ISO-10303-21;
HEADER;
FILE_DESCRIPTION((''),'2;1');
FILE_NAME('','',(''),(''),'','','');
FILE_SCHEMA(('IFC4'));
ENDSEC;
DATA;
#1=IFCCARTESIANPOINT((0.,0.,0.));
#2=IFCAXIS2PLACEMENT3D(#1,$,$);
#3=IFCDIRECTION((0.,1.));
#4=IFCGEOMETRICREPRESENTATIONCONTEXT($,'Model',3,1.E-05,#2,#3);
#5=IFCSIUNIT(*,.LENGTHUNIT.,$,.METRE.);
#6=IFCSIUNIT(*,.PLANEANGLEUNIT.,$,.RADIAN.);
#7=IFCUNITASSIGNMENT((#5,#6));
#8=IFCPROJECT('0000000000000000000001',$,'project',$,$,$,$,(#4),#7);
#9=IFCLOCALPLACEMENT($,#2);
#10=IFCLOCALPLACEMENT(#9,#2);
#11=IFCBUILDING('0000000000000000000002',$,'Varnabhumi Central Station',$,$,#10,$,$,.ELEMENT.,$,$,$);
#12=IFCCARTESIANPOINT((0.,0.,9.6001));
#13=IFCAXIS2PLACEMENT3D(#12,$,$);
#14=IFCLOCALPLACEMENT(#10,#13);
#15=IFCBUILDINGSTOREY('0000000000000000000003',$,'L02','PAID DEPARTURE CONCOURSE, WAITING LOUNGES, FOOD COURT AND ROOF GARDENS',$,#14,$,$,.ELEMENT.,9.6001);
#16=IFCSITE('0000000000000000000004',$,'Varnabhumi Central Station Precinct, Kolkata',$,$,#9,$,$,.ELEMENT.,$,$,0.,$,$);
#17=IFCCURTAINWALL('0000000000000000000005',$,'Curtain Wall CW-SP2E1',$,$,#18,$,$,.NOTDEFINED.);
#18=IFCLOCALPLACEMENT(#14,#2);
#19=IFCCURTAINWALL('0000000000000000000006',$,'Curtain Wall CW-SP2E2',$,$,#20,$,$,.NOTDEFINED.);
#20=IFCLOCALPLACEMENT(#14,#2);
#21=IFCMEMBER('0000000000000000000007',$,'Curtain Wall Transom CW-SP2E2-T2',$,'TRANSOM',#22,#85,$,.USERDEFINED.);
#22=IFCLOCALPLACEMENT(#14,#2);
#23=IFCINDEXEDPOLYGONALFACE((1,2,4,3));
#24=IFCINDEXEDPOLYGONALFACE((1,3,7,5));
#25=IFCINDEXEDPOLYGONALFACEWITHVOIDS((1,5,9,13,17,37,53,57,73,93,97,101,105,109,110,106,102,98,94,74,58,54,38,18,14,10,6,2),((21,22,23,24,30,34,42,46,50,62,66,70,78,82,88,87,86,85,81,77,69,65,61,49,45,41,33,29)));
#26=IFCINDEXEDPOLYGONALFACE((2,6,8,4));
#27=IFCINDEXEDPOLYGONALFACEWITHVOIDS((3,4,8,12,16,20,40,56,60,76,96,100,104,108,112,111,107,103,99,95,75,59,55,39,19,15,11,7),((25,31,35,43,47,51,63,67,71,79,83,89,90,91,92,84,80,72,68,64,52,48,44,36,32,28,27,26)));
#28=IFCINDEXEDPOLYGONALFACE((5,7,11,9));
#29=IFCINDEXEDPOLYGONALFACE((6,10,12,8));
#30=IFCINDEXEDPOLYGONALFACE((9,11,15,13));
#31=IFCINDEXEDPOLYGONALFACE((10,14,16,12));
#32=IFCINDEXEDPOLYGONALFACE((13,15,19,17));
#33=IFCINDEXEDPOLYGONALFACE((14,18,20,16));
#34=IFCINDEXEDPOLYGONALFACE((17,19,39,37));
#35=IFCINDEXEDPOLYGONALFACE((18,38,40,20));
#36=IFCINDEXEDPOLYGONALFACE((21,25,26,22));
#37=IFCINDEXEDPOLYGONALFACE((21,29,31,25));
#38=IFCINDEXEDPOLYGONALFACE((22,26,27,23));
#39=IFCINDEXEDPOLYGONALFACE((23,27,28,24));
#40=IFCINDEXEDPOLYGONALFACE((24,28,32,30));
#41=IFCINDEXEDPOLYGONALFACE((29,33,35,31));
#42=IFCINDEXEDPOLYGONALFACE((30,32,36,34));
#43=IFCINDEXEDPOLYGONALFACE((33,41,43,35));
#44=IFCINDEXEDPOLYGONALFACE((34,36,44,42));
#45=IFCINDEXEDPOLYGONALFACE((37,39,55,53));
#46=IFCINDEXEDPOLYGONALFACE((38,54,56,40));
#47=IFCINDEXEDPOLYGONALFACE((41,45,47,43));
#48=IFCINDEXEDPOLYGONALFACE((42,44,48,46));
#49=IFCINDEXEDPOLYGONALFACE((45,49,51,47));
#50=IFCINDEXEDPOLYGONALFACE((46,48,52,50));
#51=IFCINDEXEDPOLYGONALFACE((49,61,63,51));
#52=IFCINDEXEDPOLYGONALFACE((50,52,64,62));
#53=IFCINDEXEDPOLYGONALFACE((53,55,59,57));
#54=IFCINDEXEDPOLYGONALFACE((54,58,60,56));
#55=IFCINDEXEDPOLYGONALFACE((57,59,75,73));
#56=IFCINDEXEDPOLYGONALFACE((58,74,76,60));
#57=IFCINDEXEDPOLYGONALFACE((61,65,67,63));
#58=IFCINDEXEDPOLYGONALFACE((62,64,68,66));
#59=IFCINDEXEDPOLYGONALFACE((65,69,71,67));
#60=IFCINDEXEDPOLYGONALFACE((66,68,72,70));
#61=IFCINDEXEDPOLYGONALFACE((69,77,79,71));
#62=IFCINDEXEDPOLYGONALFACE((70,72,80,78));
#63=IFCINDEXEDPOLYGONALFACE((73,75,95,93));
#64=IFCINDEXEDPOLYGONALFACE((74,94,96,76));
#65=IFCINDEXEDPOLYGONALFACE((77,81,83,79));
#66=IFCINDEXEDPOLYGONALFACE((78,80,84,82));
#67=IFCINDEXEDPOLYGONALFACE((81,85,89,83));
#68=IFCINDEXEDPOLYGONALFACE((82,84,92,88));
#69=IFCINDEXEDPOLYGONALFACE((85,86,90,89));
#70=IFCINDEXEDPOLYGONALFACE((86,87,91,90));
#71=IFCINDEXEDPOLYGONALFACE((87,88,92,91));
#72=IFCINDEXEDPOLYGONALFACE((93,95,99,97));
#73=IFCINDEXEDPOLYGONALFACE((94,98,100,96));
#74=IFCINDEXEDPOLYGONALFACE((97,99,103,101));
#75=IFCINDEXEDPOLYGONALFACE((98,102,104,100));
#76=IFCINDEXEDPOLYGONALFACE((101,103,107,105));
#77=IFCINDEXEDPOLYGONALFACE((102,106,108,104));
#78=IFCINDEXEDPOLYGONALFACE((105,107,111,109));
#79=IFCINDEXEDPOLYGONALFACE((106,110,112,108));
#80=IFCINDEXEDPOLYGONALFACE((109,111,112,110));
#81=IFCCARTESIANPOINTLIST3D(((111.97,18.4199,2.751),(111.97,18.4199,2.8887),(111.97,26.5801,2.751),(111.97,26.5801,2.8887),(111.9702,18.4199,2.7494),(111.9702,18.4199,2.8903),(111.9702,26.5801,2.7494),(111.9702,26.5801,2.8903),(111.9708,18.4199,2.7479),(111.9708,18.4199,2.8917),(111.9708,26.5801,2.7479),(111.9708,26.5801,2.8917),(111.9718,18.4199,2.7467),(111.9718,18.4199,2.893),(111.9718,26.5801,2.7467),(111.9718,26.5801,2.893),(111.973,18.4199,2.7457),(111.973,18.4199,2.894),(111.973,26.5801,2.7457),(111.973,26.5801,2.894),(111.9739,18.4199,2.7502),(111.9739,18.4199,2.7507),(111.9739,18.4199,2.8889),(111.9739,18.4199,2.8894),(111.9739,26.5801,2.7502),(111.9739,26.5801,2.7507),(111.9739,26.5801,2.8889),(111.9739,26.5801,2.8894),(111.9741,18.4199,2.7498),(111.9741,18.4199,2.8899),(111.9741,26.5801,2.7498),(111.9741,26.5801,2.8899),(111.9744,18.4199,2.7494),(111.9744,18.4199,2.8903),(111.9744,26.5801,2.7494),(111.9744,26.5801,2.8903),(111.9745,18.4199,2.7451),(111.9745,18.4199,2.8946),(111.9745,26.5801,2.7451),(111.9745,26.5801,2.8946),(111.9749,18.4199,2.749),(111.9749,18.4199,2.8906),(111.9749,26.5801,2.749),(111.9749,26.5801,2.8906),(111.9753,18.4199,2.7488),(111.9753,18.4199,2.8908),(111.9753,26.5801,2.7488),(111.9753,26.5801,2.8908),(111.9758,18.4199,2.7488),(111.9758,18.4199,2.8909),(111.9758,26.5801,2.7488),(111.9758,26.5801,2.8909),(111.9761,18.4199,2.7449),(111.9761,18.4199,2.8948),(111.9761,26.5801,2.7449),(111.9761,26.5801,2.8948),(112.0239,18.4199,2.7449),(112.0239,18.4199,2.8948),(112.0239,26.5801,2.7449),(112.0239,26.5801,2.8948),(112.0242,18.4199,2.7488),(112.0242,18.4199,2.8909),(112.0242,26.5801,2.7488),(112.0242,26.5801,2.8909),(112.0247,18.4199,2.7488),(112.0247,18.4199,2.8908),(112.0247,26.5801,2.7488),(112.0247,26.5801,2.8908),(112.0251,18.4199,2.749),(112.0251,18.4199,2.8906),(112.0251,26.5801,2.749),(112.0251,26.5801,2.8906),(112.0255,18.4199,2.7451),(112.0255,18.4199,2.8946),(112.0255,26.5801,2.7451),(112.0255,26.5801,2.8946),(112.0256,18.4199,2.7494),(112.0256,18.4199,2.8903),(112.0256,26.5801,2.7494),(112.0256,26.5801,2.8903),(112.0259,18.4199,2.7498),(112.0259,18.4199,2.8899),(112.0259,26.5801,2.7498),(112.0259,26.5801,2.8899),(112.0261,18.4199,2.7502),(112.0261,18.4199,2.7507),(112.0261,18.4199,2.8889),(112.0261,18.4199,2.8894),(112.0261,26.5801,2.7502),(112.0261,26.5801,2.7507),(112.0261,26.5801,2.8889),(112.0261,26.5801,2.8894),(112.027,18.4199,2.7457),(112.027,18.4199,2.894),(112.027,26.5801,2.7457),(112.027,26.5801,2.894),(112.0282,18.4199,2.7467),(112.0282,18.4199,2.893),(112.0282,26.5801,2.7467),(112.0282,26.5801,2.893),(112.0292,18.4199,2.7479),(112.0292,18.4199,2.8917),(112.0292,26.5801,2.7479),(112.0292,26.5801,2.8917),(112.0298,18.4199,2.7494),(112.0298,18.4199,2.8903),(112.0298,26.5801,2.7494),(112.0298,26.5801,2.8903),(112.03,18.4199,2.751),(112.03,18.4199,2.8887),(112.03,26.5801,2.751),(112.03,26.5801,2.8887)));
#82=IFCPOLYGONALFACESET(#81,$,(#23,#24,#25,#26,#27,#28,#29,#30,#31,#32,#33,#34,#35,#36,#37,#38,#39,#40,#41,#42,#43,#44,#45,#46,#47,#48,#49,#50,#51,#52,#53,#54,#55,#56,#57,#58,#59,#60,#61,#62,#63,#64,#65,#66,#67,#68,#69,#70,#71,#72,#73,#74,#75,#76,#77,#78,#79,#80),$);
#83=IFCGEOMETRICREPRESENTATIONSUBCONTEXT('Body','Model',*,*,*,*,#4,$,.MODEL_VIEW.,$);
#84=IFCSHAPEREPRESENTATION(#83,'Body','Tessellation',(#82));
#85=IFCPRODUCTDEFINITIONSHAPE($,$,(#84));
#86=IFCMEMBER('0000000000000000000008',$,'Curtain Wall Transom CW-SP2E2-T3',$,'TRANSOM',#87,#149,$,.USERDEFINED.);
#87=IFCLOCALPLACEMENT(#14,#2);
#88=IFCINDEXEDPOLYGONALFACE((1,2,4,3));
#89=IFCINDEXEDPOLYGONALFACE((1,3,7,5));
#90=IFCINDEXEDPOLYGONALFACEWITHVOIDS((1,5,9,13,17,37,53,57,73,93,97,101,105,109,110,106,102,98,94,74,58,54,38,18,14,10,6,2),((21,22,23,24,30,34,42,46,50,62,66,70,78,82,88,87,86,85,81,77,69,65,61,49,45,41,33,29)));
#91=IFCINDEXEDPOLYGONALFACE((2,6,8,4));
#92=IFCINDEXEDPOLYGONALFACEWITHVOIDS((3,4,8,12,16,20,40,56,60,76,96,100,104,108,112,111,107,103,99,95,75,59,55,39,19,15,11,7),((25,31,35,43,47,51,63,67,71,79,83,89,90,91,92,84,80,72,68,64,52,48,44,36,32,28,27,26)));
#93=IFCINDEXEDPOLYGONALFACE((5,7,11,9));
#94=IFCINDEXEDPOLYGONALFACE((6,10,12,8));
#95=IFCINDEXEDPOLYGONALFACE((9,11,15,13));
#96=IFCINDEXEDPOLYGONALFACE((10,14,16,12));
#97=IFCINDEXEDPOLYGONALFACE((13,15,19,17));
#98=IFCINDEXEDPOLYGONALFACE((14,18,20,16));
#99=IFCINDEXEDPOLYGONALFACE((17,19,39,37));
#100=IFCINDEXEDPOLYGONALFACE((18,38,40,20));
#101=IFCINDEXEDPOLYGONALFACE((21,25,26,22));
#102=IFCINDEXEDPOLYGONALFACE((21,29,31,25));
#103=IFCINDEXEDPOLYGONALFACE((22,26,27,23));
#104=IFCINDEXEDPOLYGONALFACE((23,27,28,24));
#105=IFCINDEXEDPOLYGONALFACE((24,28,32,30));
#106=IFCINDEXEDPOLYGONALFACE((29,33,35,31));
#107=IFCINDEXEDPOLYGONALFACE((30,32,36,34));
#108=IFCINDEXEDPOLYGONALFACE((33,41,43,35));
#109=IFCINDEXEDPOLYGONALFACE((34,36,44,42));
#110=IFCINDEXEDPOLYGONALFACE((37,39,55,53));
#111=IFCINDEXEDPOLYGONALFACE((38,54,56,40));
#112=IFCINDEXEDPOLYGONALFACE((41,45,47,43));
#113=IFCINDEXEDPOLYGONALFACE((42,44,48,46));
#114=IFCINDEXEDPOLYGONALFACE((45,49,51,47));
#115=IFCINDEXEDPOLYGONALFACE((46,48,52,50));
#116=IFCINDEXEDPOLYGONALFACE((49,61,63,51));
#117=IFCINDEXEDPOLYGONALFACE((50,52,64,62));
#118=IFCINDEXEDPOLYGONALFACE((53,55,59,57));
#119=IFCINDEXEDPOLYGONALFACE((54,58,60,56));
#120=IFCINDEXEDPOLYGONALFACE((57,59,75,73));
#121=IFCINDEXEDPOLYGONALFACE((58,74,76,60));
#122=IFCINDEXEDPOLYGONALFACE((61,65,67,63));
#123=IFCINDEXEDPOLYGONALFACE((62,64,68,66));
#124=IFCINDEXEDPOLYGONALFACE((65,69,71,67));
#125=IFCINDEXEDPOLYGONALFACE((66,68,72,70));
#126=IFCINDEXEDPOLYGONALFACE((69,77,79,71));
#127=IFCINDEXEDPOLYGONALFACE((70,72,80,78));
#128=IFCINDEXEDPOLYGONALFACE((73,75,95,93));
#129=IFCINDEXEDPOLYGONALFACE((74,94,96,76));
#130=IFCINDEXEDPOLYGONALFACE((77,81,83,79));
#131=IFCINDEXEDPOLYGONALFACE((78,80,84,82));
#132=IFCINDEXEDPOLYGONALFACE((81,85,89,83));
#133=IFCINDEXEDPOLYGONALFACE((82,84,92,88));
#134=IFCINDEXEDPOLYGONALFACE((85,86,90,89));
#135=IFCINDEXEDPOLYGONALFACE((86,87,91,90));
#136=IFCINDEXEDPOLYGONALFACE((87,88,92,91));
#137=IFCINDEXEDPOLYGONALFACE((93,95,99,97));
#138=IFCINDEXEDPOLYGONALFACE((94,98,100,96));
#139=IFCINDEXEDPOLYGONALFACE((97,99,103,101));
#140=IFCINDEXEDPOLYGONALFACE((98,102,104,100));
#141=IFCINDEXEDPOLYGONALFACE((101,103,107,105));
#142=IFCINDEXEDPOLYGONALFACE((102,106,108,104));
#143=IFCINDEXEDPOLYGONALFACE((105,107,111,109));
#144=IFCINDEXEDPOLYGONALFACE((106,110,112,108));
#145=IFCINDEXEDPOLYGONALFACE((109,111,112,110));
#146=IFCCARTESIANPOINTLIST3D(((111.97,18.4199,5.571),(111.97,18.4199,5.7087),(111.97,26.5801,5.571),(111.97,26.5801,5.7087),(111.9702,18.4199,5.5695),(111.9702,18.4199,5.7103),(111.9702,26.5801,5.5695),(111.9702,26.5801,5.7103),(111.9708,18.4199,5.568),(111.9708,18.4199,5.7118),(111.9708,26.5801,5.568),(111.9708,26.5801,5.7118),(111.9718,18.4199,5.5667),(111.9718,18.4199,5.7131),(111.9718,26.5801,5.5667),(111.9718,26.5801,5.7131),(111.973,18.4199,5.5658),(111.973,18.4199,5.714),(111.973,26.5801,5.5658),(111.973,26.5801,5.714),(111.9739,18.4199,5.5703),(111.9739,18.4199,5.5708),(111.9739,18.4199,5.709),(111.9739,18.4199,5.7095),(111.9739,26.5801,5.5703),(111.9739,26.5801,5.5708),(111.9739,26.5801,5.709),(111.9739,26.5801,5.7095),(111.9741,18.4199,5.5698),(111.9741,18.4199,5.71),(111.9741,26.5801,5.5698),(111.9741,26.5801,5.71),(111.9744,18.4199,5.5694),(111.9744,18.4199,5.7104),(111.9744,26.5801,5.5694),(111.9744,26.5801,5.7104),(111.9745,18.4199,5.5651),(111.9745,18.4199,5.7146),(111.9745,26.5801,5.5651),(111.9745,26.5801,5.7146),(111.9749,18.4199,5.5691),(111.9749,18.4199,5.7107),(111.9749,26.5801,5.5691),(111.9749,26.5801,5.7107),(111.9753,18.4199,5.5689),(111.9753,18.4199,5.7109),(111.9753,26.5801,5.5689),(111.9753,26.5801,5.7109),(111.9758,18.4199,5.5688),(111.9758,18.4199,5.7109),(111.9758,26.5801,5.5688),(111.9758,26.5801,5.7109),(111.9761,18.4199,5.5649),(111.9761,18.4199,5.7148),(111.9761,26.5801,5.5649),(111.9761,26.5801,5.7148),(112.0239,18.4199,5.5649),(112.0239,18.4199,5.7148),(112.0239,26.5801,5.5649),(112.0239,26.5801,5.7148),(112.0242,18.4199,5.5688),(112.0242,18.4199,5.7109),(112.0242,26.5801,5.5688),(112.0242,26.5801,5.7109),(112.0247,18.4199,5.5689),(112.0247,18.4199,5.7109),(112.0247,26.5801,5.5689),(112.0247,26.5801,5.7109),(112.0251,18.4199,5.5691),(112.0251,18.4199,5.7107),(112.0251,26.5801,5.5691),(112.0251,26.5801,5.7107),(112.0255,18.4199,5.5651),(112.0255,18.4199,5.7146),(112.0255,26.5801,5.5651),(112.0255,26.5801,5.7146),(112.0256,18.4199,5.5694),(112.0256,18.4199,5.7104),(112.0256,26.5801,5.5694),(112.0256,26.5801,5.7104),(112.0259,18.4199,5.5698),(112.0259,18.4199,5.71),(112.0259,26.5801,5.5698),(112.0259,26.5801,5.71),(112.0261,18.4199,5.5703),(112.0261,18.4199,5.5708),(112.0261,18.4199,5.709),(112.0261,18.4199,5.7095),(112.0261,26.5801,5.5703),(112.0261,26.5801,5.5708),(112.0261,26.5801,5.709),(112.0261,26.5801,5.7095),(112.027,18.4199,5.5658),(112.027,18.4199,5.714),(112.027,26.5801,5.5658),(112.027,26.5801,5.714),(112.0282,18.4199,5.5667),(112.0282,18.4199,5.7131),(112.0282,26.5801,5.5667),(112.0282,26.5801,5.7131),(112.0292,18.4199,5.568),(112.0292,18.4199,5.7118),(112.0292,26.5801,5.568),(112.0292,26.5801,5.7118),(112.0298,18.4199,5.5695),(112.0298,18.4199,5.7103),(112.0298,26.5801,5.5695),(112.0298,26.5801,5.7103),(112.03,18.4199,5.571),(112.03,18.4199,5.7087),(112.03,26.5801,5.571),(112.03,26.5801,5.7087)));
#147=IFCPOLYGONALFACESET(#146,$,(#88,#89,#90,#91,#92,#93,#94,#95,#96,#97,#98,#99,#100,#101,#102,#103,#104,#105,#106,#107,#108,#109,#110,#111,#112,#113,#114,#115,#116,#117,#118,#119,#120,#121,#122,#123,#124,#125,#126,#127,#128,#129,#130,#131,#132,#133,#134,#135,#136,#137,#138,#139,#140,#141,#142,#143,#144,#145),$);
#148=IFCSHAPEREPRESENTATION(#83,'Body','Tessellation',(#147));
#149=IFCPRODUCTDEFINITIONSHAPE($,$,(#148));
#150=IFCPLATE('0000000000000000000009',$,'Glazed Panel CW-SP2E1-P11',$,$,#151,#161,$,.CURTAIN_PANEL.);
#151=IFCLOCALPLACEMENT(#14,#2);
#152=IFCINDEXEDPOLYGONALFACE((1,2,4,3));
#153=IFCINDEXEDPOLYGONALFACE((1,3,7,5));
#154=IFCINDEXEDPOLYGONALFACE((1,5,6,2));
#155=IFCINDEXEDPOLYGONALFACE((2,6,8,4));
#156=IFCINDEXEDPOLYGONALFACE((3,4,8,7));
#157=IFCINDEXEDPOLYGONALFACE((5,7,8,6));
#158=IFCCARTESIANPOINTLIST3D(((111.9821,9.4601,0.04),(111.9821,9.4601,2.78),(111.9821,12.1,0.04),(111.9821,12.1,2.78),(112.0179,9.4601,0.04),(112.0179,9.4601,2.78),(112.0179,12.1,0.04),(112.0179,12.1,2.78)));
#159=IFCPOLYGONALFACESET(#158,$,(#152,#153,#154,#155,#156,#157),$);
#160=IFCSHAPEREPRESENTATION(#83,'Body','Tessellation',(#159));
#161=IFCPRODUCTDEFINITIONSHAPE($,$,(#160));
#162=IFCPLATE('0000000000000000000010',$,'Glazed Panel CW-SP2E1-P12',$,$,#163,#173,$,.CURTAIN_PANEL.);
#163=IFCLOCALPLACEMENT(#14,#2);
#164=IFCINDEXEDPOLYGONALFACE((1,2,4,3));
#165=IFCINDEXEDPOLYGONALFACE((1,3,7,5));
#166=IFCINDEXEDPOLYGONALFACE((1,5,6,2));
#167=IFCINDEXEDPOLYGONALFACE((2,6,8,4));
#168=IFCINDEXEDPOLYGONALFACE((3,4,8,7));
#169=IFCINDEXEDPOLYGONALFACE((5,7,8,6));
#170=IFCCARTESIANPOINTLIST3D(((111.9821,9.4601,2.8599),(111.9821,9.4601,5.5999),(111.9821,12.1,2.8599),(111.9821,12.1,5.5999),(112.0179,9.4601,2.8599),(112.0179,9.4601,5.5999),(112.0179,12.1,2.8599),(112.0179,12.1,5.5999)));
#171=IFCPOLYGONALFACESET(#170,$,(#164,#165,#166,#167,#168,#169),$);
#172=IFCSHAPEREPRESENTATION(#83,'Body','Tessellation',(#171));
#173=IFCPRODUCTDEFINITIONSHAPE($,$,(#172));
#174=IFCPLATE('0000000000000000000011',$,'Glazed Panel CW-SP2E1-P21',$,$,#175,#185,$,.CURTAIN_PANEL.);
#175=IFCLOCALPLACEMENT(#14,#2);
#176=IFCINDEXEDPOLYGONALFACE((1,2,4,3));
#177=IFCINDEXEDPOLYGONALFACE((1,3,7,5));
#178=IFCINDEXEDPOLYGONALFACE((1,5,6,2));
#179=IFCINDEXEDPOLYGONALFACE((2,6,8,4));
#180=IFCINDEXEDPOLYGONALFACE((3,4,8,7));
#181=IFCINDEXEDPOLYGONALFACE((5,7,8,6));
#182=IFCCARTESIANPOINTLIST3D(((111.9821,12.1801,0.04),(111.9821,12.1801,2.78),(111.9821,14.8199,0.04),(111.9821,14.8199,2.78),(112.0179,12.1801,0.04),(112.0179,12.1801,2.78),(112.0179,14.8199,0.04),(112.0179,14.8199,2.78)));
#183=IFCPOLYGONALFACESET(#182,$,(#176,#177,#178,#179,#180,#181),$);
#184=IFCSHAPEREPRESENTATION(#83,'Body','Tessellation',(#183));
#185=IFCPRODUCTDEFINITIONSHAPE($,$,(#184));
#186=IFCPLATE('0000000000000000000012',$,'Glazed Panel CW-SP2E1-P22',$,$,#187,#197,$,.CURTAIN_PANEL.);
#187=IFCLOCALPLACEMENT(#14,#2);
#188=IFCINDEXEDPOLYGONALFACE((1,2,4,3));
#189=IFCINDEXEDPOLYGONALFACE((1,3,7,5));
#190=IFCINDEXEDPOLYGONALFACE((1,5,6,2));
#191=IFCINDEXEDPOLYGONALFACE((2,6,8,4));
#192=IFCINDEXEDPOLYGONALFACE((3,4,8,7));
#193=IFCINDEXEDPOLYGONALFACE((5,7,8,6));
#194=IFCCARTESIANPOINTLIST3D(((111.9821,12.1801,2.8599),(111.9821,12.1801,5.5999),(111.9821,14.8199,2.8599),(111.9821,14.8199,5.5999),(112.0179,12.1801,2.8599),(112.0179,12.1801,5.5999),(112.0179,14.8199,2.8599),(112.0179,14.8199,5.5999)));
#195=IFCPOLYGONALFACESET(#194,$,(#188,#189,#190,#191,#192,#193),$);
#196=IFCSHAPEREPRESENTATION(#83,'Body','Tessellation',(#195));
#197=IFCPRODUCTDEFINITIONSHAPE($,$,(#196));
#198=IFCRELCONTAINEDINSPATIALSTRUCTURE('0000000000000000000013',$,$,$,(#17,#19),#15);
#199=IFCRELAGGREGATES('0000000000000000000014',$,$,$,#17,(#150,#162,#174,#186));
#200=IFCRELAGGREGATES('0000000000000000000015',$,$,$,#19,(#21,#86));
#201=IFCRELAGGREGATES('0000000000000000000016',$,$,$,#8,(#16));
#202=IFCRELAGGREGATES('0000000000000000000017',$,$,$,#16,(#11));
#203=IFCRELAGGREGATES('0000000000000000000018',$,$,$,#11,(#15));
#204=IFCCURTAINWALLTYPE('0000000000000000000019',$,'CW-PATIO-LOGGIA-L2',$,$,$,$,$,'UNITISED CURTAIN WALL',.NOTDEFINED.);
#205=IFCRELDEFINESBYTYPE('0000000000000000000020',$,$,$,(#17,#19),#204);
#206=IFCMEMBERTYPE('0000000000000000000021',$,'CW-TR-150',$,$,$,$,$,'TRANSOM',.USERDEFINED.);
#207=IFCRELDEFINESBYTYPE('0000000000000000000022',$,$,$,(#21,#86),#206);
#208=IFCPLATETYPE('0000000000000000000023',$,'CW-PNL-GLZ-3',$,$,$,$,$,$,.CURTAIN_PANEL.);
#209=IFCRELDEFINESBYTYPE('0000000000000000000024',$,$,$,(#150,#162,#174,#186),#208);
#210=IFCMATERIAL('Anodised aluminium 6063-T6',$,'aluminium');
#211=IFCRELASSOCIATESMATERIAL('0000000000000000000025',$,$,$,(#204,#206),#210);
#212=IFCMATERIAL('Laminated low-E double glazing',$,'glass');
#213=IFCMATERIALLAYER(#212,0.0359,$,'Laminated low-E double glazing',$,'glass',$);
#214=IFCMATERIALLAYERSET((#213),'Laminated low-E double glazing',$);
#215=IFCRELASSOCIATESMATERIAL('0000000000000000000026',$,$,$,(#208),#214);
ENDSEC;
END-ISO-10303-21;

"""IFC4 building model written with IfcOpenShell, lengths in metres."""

from ifc_helpers import new_model, si_unit, direction, frame, origin, origin_2d, place, context, subcontext, project, spatial, rectangle, hollow_rectangle, extrude, material, layer, layer_set, material_profile, profile_set, type_object, element, aggregate, save


model = new_model("IFC4")

# Units and contexts
model_context = context("Model", 3, precision=1e-05, world=origin(), true_north=direction((0.0, 1.0)))
body_context = subcontext(model_context, "Body", "Model", "MODEL_VIEW")
ifc_project = project(units=[si_unit("LENGTHUNIT", "METRE"), si_unit("PLANEANGLEUNIT", "RADIAN")], contexts=[model_context])

# Site, building, storey
site_placement = place(None, origin())
site = spatial("IfcSite", under=ifc_project, at=site_placement, Name="Varnabhumi Central Station Precinct, Kolkata", CompositionType="ELEMENT", RefElevation=0.0)
building_placement = place(site_placement, origin())
building = spatial("IfcBuilding", under=site, at=building_placement, Name="Varnabhumi Central Station", CompositionType="ELEMENT")
storey_placement = place(building_placement, frame((0.0, 0.0, 9.6001)))
storey = spatial("IfcBuildingStorey", under=building, at=storey_placement, Name="L02", Description="PAID DEPARTURE CONCOURSE, WAITING LOUNGES, FOOD COURT AND ROOF GARDENS", CompositionType="ELEMENT", Elevation=9.6001)

# Curtain wall
ifc_material_1 = material(Name="Anodised aluminium 6063-T6", Category="aluminium")
curtain_wall_type = type_object("IfcCurtainWallType", Name="CW-PATIO-LOGGIA-L2", ElementType="UNITISED CURTAIN WALL", PredefinedType="NOTDEFINED", material=ifc_material_1)
curtain_wall_1_placement = place(storey_placement, origin())
curtain_wall_1 = element("IfcCurtainWall", 1, at=curtain_wall_1_placement, inside=storey, type_object=curtain_wall_type, Name="Curtain Wall CW-SP2E1", PredefinedType="NOTDEFINED")

# Curtain wall
curtain_wall_2_placement = place(storey_placement, origin())
curtain_wall_2 = element("IfcCurtainWall", 2, at=curtain_wall_2_placement, inside=storey, type_object=curtain_wall_type, Name="Curtain Wall CW-SP2E2", PredefinedType="NOTDEFINED")

# Members
ifc_material_profile_1 = material_profile(ifc_material_1, hollow_rectangle(XDim=0.0601, YDim=0.1499, WallThickness=0.0039, InnerFilletRadius=0.002, OuterFilletRadius=0.0061, at=origin_2d()), Name="Anodised aluminium 6063-T6", Category="aluminium")
ifc_profile_set_1 = profile_set([ifc_material_profile_1], Name="Anodised aluminium 6063-T6")
member_type_1 = type_object("IfcMemberType", Name="CW-TR-150", ElementType="TRANSOM", PredefinedType="USERDEFINED", material=ifc_profile_set_1)
member_1_placement = place(storey_placement, frame((112.0, 18.4199, 2.8198), z_axis=(0.0, 1.0, 0.0), x_axis=(-1.0, 0.0, 0.0)))
member_1 = element("IfcMember", 3, at=member_1_placement, type_object=member_type_1, Name="Curtain Wall Transom CW-SP2E2-T2", ObjectType="TRANSOM", PredefinedType="USERDEFINED", context=body_context, shape_type="SweptSolid", body=[
    extrude(hollow_rectangle(XDim=0.0601, YDim=0.1499, WallThickness=0.0039, InnerFilletRadius=0.002, OuterFilletRadius=0.0061, at=origin_2d()), origin(), (0.0, 0.0, 1.0), 8.1602),
])
member_2_placement = place(storey_placement, frame((112.0, 18.4199, 5.6399), z_axis=(0.0, 1.0, 0.0), x_axis=(-1.0, 0.0, 0.0)))
member_2 = element("IfcMember", 4, at=member_2_placement, type_object=member_type_1, Name="Curtain Wall Transom CW-SP2E2-T3", ObjectType="TRANSOM", PredefinedType="USERDEFINED", context=body_context, shape_type="SweptSolid", body=[
    extrude(hollow_rectangle(XDim=0.0601, YDim=0.1499, WallThickness=0.0039, InnerFilletRadius=0.002, OuterFilletRadius=0.0061, at=origin_2d()), origin(), (0.0, 0.0, 1.0), 8.1602),
])

# Plates
ifc_material_2 = material(Name="Laminated low-E double glazing", Category="glass")
ifc_layer_1 = layer(ifc_material_2, 0.0359, Name="Laminated low-E double glazing", Category="glass")
ifc_layer_set_1 = layer_set([ifc_layer_1], Name="Laminated low-E double glazing")
plate_type = type_object("IfcPlateType", Name="CW-PNL-GLZ-3", PredefinedType="CURTAIN_PANEL", material=ifc_layer_set_1)
plate_1_placement = place(storey_placement, frame((112.0, 10.78, 0.04), z_axis=(0.0, 0.0, 1.0), x_axis=(0.0, 1.0, 0.0)))
plate_1 = element("IfcPlate", 5, at=plate_1_placement, type_object=plate_type, Name="Glazed Panel CW-SP2E1-P11", PredefinedType="CURTAIN_PANEL", context=body_context, shape_type="SweptSolid", body=[
    extrude(rectangle(XDim=2.6399, YDim=0.0359, at=origin_2d()), origin(), (0.0, 0.0, 1.0), 2.74),
])
plate_2_placement = place(storey_placement, frame((112.0, 10.78, 2.8599), z_axis=(0.0, 0.0, 1.0), x_axis=(0.0, 1.0, 0.0)))
plate_2 = element("IfcPlate", 6, at=plate_2_placement, type_object=plate_type, Name="Glazed Panel CW-SP2E1-P12", PredefinedType="CURTAIN_PANEL", context=body_context, shape_type="SweptSolid", body=[
    extrude(rectangle(XDim=2.6399, YDim=0.0359, at=origin_2d()), origin(), (0.0, 0.0, 1.0), 2.74),
])
plate_3_placement = place(storey_placement, frame((112.0, 13.5, 0.04), z_axis=(0.0, 0.0, 1.0), x_axis=(0.0, 1.0, 0.0)))
plate_3 = element("IfcPlate", 7, at=plate_3_placement, type_object=plate_type, Name="Glazed Panel CW-SP2E1-P21", PredefinedType="CURTAIN_PANEL", context=body_context, shape_type="SweptSolid", body=[
    extrude(rectangle(XDim=2.6399, YDim=0.0359, at=origin_2d()), origin(), (0.0, 0.0, 1.0), 2.74),
])
plate_4_placement = place(storey_placement, frame((112.0, 13.5, 2.8599), z_axis=(0.0, 0.0, 1.0), x_axis=(0.0, 1.0, 0.0)))
plate_4 = element("IfcPlate", 8, at=plate_4_placement, type_object=plate_type, Name="Glazed Panel CW-SP2E1-P22", PredefinedType="CURTAIN_PANEL", context=body_context, shape_type="SweptSolid", body=[
    extrude(rectangle(XDim=2.6399, YDim=0.0359, at=origin_2d()), origin(), (0.0, 0.0, 1.0), 2.74),
])
aggregate(curtain_wall_1, [plate_1, plate_2, plate_3, plate_4])
aggregate(curtain_wall_2, [member_1, member_2])

save(model, "model.ifc")
